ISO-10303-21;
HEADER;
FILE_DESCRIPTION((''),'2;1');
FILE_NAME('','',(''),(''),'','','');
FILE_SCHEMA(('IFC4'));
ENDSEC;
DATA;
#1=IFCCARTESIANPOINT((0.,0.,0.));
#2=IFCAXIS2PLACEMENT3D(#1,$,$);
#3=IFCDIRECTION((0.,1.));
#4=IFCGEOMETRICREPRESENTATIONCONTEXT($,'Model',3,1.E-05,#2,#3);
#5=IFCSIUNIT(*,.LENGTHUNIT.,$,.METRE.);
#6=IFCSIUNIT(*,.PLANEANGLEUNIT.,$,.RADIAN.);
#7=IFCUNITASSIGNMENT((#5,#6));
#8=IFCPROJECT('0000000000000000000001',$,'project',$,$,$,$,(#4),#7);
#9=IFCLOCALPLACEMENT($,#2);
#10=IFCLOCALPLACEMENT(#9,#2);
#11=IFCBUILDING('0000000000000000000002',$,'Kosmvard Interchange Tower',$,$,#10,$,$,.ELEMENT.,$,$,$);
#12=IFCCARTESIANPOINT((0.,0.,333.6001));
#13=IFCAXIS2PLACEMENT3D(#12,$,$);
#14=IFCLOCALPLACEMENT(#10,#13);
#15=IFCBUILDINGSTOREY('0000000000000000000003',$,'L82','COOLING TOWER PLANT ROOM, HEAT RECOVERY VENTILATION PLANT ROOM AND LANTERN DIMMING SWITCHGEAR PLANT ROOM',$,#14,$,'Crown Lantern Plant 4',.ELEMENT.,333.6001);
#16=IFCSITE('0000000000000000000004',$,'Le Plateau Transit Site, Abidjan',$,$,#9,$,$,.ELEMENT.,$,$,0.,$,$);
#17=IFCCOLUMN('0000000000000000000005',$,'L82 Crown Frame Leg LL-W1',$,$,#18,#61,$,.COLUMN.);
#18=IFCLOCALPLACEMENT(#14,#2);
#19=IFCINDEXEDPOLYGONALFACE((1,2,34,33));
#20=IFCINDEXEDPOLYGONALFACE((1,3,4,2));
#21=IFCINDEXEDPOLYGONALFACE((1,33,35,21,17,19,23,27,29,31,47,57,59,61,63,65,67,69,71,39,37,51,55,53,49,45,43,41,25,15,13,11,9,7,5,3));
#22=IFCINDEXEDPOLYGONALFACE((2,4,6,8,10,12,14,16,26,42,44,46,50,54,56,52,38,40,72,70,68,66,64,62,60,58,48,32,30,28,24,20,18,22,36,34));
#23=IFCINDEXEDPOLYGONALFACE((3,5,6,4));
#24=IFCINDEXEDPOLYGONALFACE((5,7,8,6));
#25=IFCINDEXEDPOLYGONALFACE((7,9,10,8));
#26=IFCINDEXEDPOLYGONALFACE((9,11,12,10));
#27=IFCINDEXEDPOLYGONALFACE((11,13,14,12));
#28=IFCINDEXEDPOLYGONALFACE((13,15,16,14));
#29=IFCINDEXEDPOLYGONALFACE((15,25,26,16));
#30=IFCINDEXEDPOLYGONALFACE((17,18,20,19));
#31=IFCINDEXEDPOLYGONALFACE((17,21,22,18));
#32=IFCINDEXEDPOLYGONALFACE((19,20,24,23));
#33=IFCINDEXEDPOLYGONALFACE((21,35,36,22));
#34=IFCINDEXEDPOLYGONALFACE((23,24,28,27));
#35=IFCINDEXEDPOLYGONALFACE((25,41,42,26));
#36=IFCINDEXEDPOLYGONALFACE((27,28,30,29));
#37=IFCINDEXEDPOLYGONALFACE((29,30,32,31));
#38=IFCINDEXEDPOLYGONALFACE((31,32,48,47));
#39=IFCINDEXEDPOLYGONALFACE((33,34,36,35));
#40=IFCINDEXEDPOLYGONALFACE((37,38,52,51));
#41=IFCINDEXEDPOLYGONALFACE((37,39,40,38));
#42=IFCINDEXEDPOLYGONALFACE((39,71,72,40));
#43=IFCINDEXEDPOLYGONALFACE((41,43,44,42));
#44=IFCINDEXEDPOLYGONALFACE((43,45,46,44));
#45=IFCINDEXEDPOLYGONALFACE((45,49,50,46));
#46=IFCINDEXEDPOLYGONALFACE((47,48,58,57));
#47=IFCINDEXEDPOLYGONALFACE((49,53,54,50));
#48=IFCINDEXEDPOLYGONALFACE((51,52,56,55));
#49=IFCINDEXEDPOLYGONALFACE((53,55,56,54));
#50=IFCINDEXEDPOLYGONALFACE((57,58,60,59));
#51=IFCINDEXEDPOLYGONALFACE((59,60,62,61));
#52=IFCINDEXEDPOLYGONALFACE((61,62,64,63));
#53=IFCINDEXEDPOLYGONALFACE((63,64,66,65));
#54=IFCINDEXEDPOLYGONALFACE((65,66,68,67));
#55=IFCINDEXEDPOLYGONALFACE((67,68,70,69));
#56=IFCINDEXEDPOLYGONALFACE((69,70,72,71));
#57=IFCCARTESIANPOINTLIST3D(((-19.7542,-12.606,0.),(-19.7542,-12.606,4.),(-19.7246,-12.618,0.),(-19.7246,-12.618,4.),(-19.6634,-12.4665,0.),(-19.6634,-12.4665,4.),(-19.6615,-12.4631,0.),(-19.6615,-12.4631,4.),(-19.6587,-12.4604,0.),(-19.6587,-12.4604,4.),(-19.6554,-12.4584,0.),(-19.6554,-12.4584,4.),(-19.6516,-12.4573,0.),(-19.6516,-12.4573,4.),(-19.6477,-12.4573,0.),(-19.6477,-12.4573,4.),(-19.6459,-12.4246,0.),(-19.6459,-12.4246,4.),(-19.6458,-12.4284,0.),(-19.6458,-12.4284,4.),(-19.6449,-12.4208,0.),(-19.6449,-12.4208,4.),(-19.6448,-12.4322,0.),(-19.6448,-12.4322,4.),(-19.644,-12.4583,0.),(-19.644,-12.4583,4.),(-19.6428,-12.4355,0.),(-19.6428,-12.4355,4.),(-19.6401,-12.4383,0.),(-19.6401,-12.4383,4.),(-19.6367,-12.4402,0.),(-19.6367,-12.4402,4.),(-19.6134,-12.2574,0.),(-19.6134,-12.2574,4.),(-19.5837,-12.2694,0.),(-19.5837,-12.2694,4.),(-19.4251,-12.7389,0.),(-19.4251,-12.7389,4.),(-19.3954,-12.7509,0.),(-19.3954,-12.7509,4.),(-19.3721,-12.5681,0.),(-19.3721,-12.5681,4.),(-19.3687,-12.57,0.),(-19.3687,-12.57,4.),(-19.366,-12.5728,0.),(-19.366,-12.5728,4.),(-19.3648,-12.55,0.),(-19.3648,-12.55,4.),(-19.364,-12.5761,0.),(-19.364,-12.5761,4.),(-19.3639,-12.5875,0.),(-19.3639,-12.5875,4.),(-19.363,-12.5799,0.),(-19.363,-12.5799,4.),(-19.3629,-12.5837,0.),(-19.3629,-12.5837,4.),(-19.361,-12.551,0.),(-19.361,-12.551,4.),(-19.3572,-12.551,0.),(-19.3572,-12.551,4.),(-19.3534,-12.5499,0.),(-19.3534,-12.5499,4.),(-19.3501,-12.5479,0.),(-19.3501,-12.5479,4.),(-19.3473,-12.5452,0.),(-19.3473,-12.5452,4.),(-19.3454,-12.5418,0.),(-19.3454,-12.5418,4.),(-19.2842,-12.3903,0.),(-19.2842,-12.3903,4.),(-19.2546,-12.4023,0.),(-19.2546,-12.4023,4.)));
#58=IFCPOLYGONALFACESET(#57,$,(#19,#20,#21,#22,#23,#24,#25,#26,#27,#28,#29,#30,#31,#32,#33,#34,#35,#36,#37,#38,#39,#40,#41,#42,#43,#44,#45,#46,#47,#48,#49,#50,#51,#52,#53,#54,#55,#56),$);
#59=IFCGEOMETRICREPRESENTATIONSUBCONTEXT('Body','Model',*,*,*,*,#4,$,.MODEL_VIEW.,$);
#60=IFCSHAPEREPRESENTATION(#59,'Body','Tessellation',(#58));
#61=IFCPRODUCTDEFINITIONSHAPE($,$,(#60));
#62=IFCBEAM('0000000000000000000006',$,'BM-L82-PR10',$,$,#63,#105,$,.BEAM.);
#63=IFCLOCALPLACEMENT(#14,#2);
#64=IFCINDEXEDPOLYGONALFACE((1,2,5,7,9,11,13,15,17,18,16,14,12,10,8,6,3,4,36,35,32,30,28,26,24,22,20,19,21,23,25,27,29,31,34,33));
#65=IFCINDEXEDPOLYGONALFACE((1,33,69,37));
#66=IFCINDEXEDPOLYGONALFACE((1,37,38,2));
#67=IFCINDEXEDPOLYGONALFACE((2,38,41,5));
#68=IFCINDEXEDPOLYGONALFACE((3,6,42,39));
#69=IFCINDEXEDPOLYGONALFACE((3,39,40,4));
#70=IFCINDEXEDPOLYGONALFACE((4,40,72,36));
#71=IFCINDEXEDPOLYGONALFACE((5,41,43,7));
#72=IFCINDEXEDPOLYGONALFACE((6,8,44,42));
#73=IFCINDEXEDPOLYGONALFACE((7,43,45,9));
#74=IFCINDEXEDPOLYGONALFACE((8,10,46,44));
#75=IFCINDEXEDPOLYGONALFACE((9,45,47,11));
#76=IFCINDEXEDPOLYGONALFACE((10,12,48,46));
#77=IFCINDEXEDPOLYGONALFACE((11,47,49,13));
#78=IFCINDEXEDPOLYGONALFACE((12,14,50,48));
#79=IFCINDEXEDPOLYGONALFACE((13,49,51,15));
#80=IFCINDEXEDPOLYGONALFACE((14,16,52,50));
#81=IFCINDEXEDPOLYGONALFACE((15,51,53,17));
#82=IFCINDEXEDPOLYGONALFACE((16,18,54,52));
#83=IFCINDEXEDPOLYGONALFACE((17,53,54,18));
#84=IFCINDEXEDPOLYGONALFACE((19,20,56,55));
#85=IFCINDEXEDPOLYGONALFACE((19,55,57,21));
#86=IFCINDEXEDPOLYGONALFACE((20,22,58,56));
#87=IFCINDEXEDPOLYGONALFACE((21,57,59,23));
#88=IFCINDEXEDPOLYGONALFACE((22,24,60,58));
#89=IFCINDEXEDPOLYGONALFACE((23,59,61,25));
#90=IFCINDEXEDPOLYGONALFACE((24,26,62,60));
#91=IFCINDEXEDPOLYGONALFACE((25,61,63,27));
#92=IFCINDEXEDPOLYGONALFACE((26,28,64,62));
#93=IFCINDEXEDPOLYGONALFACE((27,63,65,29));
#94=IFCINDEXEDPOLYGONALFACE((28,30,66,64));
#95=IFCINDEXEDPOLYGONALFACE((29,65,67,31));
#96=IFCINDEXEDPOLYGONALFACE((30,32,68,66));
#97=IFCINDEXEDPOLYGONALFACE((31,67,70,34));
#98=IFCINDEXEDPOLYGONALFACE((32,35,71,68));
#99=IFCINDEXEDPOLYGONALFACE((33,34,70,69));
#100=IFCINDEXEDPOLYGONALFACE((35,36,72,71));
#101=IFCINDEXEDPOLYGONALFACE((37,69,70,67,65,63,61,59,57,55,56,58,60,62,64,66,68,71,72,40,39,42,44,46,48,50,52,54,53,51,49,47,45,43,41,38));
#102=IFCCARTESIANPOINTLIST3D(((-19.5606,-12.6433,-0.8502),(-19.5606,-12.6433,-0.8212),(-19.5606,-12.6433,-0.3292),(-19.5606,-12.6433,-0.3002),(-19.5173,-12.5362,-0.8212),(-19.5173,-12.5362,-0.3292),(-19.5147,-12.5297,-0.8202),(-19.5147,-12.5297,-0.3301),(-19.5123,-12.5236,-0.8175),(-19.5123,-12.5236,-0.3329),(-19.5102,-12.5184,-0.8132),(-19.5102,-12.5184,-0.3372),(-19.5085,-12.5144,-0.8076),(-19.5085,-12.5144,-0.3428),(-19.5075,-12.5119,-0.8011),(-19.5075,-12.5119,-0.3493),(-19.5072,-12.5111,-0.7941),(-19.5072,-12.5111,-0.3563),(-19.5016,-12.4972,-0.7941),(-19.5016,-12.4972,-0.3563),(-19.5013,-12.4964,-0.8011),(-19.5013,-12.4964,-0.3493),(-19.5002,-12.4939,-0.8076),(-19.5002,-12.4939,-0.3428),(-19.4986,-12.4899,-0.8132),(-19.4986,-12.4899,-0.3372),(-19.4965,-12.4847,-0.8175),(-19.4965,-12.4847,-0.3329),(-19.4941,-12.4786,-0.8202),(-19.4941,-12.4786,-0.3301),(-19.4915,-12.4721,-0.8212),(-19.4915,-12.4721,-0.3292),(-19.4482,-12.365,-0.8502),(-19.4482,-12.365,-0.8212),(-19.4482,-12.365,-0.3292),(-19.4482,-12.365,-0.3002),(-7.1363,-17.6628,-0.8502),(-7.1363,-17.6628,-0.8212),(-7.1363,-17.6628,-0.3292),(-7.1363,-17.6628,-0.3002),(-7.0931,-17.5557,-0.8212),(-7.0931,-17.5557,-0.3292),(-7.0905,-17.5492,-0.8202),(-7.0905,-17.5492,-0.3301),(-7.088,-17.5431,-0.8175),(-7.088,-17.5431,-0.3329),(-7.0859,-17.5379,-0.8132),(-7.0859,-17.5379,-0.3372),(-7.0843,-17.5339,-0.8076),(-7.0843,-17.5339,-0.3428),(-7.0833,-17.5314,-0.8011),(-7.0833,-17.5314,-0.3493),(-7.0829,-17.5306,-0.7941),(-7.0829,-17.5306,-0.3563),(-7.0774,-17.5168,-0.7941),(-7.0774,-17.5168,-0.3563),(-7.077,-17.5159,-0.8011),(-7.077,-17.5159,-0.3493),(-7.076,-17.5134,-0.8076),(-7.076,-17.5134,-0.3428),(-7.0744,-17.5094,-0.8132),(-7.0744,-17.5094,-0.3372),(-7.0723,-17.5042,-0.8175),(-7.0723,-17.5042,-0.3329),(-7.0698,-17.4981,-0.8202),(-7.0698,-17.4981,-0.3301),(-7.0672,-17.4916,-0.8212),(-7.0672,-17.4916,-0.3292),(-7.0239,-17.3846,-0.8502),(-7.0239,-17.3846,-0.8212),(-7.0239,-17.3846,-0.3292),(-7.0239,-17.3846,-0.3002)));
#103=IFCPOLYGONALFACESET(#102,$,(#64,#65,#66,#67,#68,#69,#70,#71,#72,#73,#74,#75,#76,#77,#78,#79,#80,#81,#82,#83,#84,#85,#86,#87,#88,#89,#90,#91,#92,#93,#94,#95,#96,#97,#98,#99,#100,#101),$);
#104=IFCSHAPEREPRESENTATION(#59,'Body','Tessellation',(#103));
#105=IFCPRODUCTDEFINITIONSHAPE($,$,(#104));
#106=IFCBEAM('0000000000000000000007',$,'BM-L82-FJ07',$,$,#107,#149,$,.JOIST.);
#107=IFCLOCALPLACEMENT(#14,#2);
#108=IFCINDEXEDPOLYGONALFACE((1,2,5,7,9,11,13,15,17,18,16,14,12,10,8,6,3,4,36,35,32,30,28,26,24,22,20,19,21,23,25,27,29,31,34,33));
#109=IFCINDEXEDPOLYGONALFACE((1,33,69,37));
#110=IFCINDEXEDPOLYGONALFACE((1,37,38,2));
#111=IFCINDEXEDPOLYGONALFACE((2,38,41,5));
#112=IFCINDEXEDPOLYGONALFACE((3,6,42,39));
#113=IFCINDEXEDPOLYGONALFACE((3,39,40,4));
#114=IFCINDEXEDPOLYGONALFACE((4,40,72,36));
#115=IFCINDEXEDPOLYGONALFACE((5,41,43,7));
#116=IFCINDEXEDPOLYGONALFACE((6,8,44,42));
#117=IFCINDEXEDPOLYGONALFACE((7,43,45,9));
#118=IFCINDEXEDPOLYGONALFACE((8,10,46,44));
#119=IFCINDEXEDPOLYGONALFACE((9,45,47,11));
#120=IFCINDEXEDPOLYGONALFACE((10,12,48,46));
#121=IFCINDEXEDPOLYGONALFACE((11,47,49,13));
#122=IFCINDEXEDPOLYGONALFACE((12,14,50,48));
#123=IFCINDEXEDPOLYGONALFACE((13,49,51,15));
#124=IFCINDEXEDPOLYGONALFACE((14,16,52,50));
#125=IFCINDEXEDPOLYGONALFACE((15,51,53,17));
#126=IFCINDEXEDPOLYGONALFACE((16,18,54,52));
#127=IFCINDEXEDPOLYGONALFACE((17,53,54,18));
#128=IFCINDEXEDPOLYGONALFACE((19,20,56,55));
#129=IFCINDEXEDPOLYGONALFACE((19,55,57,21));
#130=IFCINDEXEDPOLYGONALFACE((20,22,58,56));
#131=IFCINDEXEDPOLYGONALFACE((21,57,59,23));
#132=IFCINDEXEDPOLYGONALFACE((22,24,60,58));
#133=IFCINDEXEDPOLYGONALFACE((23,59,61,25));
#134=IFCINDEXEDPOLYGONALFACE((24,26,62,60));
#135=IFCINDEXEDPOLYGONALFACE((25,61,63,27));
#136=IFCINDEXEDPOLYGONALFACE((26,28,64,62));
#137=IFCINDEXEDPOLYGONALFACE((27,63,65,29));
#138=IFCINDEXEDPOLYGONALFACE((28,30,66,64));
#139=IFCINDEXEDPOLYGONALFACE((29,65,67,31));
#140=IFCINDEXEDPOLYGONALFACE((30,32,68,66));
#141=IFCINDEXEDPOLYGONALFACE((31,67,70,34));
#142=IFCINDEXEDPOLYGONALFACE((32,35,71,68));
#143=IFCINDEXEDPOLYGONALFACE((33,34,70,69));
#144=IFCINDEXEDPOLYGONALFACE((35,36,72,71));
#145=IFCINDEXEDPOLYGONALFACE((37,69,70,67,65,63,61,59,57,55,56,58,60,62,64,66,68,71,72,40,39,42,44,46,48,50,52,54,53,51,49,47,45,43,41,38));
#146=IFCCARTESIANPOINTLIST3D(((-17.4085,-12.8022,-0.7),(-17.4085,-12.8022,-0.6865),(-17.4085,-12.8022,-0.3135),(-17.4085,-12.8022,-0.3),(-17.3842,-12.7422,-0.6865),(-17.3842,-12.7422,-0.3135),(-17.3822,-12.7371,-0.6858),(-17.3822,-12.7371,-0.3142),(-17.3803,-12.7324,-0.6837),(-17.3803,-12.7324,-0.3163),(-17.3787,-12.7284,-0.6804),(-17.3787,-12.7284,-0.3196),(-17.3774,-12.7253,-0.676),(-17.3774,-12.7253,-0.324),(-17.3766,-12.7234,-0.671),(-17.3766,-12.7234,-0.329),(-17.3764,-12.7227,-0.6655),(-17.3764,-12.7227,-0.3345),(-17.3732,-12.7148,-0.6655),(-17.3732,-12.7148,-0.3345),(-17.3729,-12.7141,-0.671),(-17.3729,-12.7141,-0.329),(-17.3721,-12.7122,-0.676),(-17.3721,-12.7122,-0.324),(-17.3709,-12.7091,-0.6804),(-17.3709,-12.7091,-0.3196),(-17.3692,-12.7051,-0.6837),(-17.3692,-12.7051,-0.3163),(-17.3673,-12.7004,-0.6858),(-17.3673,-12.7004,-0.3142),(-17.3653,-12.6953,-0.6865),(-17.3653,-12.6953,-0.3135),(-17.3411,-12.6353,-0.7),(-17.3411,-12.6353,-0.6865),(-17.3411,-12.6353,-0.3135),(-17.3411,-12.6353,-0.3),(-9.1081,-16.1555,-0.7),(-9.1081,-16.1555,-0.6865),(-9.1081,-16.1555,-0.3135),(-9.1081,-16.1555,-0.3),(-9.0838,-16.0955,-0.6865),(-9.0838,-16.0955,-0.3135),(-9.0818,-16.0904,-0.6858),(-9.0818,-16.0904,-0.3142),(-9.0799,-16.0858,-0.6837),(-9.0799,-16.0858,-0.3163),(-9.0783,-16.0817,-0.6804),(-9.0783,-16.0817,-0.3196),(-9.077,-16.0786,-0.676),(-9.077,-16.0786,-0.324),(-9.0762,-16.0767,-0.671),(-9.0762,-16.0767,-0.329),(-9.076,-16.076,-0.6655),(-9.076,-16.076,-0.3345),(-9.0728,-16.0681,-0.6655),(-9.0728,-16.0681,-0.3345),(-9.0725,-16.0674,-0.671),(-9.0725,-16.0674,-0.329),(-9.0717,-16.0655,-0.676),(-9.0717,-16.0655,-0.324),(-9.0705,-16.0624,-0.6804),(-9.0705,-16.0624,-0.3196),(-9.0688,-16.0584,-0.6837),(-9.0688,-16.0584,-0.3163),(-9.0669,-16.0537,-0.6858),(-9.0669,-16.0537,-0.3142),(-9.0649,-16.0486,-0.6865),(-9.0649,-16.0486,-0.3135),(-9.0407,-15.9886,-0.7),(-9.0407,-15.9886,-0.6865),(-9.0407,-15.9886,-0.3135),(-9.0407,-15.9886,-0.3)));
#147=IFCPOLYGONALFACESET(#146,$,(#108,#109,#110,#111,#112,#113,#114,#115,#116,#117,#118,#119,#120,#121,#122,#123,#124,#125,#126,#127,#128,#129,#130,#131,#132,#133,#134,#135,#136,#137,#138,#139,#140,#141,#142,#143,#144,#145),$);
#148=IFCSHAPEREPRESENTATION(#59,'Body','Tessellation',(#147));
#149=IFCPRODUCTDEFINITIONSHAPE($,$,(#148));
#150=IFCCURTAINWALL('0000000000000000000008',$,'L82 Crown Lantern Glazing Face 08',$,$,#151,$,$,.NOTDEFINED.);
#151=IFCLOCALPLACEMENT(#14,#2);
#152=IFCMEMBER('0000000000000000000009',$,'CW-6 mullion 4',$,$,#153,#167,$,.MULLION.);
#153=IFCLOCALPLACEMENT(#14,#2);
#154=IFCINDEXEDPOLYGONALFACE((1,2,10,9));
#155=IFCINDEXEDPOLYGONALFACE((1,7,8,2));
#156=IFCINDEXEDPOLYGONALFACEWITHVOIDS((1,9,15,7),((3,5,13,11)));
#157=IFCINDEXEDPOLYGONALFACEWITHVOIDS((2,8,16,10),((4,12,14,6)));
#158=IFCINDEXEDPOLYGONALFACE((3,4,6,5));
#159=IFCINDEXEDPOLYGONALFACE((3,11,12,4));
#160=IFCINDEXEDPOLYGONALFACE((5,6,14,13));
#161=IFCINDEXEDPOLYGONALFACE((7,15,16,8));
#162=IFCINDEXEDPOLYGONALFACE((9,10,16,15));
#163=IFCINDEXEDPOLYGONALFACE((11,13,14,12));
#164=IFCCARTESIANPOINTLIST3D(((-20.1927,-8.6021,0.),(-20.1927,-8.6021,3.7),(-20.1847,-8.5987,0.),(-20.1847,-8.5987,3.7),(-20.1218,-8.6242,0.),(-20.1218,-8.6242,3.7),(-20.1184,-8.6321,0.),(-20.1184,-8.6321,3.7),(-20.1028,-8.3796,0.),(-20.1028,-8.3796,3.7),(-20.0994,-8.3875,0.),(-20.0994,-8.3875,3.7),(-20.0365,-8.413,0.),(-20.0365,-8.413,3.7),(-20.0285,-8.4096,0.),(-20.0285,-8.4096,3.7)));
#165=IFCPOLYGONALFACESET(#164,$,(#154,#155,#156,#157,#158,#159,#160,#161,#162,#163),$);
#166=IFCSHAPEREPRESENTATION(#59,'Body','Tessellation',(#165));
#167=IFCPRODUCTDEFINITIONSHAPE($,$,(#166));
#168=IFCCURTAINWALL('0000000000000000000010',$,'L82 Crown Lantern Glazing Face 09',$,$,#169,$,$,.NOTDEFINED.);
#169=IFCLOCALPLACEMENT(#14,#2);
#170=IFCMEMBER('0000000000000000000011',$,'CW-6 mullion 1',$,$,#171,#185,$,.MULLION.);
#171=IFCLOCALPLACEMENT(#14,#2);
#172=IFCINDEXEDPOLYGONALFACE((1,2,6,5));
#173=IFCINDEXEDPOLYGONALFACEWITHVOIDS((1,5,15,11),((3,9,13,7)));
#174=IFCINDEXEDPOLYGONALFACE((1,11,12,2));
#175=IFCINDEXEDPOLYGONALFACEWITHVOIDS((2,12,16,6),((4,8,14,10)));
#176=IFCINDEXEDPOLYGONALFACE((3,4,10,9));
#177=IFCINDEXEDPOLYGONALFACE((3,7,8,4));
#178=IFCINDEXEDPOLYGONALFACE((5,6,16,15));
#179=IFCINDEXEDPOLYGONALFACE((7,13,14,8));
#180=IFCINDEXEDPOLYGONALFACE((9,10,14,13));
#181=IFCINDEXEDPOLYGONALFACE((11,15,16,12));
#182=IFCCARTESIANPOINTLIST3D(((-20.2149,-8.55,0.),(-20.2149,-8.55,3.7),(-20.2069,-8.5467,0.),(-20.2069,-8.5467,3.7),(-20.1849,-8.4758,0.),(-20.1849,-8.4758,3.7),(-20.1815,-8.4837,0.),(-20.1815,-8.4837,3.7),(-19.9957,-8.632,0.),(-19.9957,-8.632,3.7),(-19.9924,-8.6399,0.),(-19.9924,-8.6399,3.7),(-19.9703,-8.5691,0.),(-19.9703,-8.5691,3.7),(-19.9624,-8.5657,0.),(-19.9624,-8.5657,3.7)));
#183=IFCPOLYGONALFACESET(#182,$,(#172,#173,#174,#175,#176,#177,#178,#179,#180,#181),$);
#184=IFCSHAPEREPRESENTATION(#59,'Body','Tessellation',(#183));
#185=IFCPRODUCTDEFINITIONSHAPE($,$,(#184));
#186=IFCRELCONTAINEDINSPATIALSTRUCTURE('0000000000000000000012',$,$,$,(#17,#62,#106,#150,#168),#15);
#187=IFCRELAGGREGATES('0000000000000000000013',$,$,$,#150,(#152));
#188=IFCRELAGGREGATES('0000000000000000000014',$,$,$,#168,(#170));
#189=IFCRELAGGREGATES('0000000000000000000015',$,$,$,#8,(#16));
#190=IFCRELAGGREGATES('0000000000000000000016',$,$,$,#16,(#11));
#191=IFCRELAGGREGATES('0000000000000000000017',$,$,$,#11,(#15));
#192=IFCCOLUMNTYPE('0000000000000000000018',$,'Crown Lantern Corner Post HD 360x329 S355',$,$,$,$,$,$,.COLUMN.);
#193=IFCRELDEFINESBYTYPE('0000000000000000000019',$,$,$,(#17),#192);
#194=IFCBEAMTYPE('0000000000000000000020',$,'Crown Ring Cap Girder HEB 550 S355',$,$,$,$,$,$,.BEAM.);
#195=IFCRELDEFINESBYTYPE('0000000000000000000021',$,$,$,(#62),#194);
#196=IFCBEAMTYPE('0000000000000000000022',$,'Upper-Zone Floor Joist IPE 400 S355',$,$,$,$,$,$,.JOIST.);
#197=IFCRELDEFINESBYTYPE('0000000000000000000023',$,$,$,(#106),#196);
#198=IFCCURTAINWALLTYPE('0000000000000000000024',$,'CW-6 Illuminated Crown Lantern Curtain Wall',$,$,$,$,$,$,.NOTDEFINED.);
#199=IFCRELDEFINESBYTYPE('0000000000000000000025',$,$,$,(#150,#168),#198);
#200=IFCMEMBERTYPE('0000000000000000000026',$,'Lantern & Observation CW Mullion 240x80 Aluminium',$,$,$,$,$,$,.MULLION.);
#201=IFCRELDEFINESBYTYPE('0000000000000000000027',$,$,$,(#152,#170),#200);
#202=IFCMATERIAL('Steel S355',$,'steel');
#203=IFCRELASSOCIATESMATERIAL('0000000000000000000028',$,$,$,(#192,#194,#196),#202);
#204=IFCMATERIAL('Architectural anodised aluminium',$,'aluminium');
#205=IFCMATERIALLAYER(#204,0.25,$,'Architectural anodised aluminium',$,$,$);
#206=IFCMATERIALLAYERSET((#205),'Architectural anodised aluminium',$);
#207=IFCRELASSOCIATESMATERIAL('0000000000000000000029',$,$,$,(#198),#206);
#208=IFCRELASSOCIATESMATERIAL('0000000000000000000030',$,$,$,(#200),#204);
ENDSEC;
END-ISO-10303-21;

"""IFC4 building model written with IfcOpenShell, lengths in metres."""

from ifc_helpers import new_model, si_unit, direction, frame, origin, origin_2d, place, context, subcontext, project, spatial, hollow_rectangle, i_section, extrude, source, transform, mapped, material, layer, layer_set, material_profile, profile_set, type_object, element, aggregate, save


model = new_model("IFC4")

# Units and contexts
model_context = context("Model", 3, precision=1e-05, world=origin(), true_north=direction((0.0, 1.0)))
body_context = subcontext(model_context, "Body", "Model", "MODEL_VIEW")
ifc_project = project(units=[si_unit("LENGTHUNIT", "METRE"), si_unit("PLANEANGLEUNIT", "RADIAN")], contexts=[model_context])

# Site, building, storey
site_placement = place(None, origin())
site = spatial("IfcSite", under=ifc_project, at=site_placement, Name="Le Plateau Transit Site, Abidjan", CompositionType="ELEMENT", RefElevation=0.0)
building_placement = place(site_placement, origin())
building = spatial("IfcBuilding", under=site, at=building_placement, Name="Kosmvard Interchange Tower", CompositionType="ELEMENT")
storey_placement = place(building_placement, frame((0.0, 0.0, 333.6001)))
storey = spatial("IfcBuildingStorey", under=building, at=storey_placement, Name="L82", Description="COOLING TOWER PLANT ROOM, HEAT RECOVERY VENTILATION PLANT ROOM AND LANTERN DIMMING SWITCHGEAR PLANT ROOM", LongName="Crown Lantern Plant 4", CompositionType="ELEMENT", Elevation=333.6001)

# Column
ifc_material_1 = material(Name="Steel S355", Category="steel")
ifc_material_profile_1 = material_profile(ifc_material_1, i_section(OverallWidth=0.376, OverallDepth=0.387, WebThickness=0.0195, FlangeThickness=0.032, FilletRadius=0.0149, at=origin_2d()), Name="HD 360x329")
ifc_profile_set_1 = profile_set([ifc_material_profile_1], Name="Steel S355")
column_type = type_object("IfcColumnType", Name="Crown Lantern Corner Post HD 360x329 S355", PredefinedType="COLUMN", material=ifc_profile_set_1)
shared_shape_1 = source(origin(), body_context, "Body", "SweptSolid", [
    extrude(i_section(OverallWidth=0.376, OverallDepth=0.387, WebThickness=0.0195, FlangeThickness=0.032, FilletRadius=0.0149, at=origin_2d()), origin(), (0.0, 0.0, 1.0), 4.0),
])
column_placement = place(storey_placement, frame((-19.5044, -12.5042, 0.0), z_axis=(0.0, 0.0, 1.0), x_axis=(0.374607, 0.927184, 0.0)))
element("IfcColumn", 1, at=column_placement, inside=storey, type_object=column_type, Name="L82 Crown Frame Leg LL-W1", PredefinedType="COLUMN", context=body_context, shape_type="MappedRepresentation", body=[
    mapped(shared_shape_1, transform((0.0, 0.0, 0.0), scale=1.0)),
])

# Beams
ifc_material_profile_2 = material_profile(ifc_material_1, i_section(OverallWidth=0.3, OverallDepth=0.55, WebThickness=0.0149, FlangeThickness=0.0291, FilletRadius=0.0271, at=origin_2d()), Name="HEB 550")
ifc_profile_set_2 = profile_set([ifc_material_profile_2], Name="Steel S355")
beam_type_1 = type_object("IfcBeamType", Name="Crown Ring Cap Girder HEB 550 S355", PredefinedType="BEAM", material=ifc_profile_set_2)
shared_shape_2 = source(origin(), body_context, "Body", "SweptSolid", [
    extrude(i_section(OverallWidth=0.3, OverallDepth=0.55, WebThickness=0.0149, FlangeThickness=0.0291, FilletRadius=0.0271, at=origin_2d()), origin(), (0.0, 0.0, 1.0), 13.3999),
])
beam_1_placement = place(storey_placement, frame((-19.5044, -12.5042, -0.5752), z_axis=(0.92719, -0.374593, 0.0), x_axis=(0.374593, 0.92719, 0.0)))
element("IfcBeam", 2, at=beam_1_placement, inside=storey, type_object=beam_type_1, Name="BM-L82-PR10", PredefinedType="BEAM", context=body_context, shape_type="MappedRepresentation", body=[
    mapped(shared_shape_2, transform((0.0, 0.0, 0.0), scale=1.0)),
])
ifc_material_profile_3 = material_profile(ifc_material_1, i_section(OverallWidth=0.1799, OverallDepth=0.3999, WebThickness=0.0085, FlangeThickness=0.0134, FilletRadius=0.021, at=origin_2d()), Name="IPE 400")
ifc_profile_set_3 = profile_set([ifc_material_profile_3], Name="Steel S355")
beam_type_2 = type_object("IfcBeamType", Name="Upper-Zone Floor Joist IPE 400 S355", PredefinedType="JOIST", material=ifc_profile_set_3)
shared_shape_3 = source(origin(), body_context, "Body", "SweptSolid", [
    extrude(i_section(OverallWidth=0.1799, OverallDepth=0.3999, WebThickness=0.0085, FlangeThickness=0.0134, FilletRadius=0.021, at=origin_2d()), origin(), (0.0, 0.0, 1.0), 8.9521),
])
beam_2_placement = place(storey_placement, frame((-17.3748, -12.7188, -0.5), z_axis=(0.927194, -0.374581, 0.0), x_axis=(0.374581, 0.927194, 0.0)))
element("IfcBeam", 3, at=beam_2_placement, inside=storey, type_object=beam_type_2, Name="BM-L82-FJ07", PredefinedType="JOIST", context=body_context, shape_type="MappedRepresentation", body=[
    mapped(shared_shape_3, transform((0.0, 0.0, 0.0), scale=1.0)),
])

# Curtain wall, member
ifc_material_2 = material(Name="Architectural anodised aluminium", Category="aluminium")
ifc_layer_1 = layer(ifc_material_2, 0.25, Name="Architectural anodised aluminium")
ifc_layer_set_1 = layer_set([ifc_layer_1], Name="Architectural anodised aluminium")
curtain_wall_type = type_object("IfcCurtainWallType", Name="CW-6 Illuminated Crown Lantern Curtain Wall", PredefinedType="NOTDEFINED", material=ifc_layer_set_1)
curtain_wall_1_placement = place(storey_placement, origin())
curtain_wall_1 = element("IfcCurtainWall", 4, at=curtain_wall_1_placement, inside=storey, type_object=curtain_wall_type, Name="L82 Crown Lantern Glazing Face 08", PredefinedType="NOTDEFINED")
ifc_material_profile_4 = material_profile(ifc_material_2, hollow_rectangle(XDim=0.24, YDim=0.0801, WallThickness=0.0061, at=origin_2d()), Name="CWM 240x80x6")
ifc_profile_set_4 = profile_set([ifc_material_profile_4], Name="Architectural anodised aluminium")
member_type_1 = type_object("IfcMemberType", Name="Lantern & Observation CW Mullion 240x80 Aluminium", PredefinedType="MULLION", material=ifc_profile_set_4)
shared_shape_4 = source(origin(), body_context, "Body", "SweptSolid", [
    extrude(hollow_rectangle(XDim=0.24, YDim=0.0801, WallThickness=0.0061, at=origin_2d()), origin(), (0.0, 0.0, 1.0), 3.7),
])
member_1_placement = place(storey_placement, frame((-20.1106, -8.5059, 0.0), z_axis=(0.0, 0.0, 1.0), x_axis=(0.374607, 0.927184, 0.0)))
member_1 = element("IfcMember", 5, at=member_1_placement, type_object=member_type_1, Name="CW-6 mullion 4", PredefinedType="MULLION", context=body_context, shape_type="MappedRepresentation", body=[
    mapped(shared_shape_4, transform((0.0, 0.0, 0.0), scale=1.0)),
])
aggregate(curtain_wall_1, [member_1])

# Curtain wall, member
curtain_wall_2_placement = place(storey_placement, origin())
curtain_wall_2 = element("IfcCurtainWall", 6, at=curtain_wall_2_placement, inside=storey, type_object=curtain_wall_type, Name="L82 Crown Lantern Glazing Face 09", PredefinedType="NOTDEFINED")
member_2_placement = place(storey_placement, frame((-20.0886, -8.5579, 0.0), z_axis=(0.0, 0.0, 1.0), x_axis=(0.927184, -0.374607, 0.0)))
member_2 = element("IfcMember", 7, at=member_2_placement, type_object=member_type_1, Name="CW-6 mullion 1", PredefinedType="MULLION", context=body_context, shape_type="MappedRepresentation", body=[
    mapped(shared_shape_4, transform((0.0, 0.0, 0.0), scale=1.0)),
])

aggregate(curtain_wall_2, [member_2])

save(model, "model.ifc")
